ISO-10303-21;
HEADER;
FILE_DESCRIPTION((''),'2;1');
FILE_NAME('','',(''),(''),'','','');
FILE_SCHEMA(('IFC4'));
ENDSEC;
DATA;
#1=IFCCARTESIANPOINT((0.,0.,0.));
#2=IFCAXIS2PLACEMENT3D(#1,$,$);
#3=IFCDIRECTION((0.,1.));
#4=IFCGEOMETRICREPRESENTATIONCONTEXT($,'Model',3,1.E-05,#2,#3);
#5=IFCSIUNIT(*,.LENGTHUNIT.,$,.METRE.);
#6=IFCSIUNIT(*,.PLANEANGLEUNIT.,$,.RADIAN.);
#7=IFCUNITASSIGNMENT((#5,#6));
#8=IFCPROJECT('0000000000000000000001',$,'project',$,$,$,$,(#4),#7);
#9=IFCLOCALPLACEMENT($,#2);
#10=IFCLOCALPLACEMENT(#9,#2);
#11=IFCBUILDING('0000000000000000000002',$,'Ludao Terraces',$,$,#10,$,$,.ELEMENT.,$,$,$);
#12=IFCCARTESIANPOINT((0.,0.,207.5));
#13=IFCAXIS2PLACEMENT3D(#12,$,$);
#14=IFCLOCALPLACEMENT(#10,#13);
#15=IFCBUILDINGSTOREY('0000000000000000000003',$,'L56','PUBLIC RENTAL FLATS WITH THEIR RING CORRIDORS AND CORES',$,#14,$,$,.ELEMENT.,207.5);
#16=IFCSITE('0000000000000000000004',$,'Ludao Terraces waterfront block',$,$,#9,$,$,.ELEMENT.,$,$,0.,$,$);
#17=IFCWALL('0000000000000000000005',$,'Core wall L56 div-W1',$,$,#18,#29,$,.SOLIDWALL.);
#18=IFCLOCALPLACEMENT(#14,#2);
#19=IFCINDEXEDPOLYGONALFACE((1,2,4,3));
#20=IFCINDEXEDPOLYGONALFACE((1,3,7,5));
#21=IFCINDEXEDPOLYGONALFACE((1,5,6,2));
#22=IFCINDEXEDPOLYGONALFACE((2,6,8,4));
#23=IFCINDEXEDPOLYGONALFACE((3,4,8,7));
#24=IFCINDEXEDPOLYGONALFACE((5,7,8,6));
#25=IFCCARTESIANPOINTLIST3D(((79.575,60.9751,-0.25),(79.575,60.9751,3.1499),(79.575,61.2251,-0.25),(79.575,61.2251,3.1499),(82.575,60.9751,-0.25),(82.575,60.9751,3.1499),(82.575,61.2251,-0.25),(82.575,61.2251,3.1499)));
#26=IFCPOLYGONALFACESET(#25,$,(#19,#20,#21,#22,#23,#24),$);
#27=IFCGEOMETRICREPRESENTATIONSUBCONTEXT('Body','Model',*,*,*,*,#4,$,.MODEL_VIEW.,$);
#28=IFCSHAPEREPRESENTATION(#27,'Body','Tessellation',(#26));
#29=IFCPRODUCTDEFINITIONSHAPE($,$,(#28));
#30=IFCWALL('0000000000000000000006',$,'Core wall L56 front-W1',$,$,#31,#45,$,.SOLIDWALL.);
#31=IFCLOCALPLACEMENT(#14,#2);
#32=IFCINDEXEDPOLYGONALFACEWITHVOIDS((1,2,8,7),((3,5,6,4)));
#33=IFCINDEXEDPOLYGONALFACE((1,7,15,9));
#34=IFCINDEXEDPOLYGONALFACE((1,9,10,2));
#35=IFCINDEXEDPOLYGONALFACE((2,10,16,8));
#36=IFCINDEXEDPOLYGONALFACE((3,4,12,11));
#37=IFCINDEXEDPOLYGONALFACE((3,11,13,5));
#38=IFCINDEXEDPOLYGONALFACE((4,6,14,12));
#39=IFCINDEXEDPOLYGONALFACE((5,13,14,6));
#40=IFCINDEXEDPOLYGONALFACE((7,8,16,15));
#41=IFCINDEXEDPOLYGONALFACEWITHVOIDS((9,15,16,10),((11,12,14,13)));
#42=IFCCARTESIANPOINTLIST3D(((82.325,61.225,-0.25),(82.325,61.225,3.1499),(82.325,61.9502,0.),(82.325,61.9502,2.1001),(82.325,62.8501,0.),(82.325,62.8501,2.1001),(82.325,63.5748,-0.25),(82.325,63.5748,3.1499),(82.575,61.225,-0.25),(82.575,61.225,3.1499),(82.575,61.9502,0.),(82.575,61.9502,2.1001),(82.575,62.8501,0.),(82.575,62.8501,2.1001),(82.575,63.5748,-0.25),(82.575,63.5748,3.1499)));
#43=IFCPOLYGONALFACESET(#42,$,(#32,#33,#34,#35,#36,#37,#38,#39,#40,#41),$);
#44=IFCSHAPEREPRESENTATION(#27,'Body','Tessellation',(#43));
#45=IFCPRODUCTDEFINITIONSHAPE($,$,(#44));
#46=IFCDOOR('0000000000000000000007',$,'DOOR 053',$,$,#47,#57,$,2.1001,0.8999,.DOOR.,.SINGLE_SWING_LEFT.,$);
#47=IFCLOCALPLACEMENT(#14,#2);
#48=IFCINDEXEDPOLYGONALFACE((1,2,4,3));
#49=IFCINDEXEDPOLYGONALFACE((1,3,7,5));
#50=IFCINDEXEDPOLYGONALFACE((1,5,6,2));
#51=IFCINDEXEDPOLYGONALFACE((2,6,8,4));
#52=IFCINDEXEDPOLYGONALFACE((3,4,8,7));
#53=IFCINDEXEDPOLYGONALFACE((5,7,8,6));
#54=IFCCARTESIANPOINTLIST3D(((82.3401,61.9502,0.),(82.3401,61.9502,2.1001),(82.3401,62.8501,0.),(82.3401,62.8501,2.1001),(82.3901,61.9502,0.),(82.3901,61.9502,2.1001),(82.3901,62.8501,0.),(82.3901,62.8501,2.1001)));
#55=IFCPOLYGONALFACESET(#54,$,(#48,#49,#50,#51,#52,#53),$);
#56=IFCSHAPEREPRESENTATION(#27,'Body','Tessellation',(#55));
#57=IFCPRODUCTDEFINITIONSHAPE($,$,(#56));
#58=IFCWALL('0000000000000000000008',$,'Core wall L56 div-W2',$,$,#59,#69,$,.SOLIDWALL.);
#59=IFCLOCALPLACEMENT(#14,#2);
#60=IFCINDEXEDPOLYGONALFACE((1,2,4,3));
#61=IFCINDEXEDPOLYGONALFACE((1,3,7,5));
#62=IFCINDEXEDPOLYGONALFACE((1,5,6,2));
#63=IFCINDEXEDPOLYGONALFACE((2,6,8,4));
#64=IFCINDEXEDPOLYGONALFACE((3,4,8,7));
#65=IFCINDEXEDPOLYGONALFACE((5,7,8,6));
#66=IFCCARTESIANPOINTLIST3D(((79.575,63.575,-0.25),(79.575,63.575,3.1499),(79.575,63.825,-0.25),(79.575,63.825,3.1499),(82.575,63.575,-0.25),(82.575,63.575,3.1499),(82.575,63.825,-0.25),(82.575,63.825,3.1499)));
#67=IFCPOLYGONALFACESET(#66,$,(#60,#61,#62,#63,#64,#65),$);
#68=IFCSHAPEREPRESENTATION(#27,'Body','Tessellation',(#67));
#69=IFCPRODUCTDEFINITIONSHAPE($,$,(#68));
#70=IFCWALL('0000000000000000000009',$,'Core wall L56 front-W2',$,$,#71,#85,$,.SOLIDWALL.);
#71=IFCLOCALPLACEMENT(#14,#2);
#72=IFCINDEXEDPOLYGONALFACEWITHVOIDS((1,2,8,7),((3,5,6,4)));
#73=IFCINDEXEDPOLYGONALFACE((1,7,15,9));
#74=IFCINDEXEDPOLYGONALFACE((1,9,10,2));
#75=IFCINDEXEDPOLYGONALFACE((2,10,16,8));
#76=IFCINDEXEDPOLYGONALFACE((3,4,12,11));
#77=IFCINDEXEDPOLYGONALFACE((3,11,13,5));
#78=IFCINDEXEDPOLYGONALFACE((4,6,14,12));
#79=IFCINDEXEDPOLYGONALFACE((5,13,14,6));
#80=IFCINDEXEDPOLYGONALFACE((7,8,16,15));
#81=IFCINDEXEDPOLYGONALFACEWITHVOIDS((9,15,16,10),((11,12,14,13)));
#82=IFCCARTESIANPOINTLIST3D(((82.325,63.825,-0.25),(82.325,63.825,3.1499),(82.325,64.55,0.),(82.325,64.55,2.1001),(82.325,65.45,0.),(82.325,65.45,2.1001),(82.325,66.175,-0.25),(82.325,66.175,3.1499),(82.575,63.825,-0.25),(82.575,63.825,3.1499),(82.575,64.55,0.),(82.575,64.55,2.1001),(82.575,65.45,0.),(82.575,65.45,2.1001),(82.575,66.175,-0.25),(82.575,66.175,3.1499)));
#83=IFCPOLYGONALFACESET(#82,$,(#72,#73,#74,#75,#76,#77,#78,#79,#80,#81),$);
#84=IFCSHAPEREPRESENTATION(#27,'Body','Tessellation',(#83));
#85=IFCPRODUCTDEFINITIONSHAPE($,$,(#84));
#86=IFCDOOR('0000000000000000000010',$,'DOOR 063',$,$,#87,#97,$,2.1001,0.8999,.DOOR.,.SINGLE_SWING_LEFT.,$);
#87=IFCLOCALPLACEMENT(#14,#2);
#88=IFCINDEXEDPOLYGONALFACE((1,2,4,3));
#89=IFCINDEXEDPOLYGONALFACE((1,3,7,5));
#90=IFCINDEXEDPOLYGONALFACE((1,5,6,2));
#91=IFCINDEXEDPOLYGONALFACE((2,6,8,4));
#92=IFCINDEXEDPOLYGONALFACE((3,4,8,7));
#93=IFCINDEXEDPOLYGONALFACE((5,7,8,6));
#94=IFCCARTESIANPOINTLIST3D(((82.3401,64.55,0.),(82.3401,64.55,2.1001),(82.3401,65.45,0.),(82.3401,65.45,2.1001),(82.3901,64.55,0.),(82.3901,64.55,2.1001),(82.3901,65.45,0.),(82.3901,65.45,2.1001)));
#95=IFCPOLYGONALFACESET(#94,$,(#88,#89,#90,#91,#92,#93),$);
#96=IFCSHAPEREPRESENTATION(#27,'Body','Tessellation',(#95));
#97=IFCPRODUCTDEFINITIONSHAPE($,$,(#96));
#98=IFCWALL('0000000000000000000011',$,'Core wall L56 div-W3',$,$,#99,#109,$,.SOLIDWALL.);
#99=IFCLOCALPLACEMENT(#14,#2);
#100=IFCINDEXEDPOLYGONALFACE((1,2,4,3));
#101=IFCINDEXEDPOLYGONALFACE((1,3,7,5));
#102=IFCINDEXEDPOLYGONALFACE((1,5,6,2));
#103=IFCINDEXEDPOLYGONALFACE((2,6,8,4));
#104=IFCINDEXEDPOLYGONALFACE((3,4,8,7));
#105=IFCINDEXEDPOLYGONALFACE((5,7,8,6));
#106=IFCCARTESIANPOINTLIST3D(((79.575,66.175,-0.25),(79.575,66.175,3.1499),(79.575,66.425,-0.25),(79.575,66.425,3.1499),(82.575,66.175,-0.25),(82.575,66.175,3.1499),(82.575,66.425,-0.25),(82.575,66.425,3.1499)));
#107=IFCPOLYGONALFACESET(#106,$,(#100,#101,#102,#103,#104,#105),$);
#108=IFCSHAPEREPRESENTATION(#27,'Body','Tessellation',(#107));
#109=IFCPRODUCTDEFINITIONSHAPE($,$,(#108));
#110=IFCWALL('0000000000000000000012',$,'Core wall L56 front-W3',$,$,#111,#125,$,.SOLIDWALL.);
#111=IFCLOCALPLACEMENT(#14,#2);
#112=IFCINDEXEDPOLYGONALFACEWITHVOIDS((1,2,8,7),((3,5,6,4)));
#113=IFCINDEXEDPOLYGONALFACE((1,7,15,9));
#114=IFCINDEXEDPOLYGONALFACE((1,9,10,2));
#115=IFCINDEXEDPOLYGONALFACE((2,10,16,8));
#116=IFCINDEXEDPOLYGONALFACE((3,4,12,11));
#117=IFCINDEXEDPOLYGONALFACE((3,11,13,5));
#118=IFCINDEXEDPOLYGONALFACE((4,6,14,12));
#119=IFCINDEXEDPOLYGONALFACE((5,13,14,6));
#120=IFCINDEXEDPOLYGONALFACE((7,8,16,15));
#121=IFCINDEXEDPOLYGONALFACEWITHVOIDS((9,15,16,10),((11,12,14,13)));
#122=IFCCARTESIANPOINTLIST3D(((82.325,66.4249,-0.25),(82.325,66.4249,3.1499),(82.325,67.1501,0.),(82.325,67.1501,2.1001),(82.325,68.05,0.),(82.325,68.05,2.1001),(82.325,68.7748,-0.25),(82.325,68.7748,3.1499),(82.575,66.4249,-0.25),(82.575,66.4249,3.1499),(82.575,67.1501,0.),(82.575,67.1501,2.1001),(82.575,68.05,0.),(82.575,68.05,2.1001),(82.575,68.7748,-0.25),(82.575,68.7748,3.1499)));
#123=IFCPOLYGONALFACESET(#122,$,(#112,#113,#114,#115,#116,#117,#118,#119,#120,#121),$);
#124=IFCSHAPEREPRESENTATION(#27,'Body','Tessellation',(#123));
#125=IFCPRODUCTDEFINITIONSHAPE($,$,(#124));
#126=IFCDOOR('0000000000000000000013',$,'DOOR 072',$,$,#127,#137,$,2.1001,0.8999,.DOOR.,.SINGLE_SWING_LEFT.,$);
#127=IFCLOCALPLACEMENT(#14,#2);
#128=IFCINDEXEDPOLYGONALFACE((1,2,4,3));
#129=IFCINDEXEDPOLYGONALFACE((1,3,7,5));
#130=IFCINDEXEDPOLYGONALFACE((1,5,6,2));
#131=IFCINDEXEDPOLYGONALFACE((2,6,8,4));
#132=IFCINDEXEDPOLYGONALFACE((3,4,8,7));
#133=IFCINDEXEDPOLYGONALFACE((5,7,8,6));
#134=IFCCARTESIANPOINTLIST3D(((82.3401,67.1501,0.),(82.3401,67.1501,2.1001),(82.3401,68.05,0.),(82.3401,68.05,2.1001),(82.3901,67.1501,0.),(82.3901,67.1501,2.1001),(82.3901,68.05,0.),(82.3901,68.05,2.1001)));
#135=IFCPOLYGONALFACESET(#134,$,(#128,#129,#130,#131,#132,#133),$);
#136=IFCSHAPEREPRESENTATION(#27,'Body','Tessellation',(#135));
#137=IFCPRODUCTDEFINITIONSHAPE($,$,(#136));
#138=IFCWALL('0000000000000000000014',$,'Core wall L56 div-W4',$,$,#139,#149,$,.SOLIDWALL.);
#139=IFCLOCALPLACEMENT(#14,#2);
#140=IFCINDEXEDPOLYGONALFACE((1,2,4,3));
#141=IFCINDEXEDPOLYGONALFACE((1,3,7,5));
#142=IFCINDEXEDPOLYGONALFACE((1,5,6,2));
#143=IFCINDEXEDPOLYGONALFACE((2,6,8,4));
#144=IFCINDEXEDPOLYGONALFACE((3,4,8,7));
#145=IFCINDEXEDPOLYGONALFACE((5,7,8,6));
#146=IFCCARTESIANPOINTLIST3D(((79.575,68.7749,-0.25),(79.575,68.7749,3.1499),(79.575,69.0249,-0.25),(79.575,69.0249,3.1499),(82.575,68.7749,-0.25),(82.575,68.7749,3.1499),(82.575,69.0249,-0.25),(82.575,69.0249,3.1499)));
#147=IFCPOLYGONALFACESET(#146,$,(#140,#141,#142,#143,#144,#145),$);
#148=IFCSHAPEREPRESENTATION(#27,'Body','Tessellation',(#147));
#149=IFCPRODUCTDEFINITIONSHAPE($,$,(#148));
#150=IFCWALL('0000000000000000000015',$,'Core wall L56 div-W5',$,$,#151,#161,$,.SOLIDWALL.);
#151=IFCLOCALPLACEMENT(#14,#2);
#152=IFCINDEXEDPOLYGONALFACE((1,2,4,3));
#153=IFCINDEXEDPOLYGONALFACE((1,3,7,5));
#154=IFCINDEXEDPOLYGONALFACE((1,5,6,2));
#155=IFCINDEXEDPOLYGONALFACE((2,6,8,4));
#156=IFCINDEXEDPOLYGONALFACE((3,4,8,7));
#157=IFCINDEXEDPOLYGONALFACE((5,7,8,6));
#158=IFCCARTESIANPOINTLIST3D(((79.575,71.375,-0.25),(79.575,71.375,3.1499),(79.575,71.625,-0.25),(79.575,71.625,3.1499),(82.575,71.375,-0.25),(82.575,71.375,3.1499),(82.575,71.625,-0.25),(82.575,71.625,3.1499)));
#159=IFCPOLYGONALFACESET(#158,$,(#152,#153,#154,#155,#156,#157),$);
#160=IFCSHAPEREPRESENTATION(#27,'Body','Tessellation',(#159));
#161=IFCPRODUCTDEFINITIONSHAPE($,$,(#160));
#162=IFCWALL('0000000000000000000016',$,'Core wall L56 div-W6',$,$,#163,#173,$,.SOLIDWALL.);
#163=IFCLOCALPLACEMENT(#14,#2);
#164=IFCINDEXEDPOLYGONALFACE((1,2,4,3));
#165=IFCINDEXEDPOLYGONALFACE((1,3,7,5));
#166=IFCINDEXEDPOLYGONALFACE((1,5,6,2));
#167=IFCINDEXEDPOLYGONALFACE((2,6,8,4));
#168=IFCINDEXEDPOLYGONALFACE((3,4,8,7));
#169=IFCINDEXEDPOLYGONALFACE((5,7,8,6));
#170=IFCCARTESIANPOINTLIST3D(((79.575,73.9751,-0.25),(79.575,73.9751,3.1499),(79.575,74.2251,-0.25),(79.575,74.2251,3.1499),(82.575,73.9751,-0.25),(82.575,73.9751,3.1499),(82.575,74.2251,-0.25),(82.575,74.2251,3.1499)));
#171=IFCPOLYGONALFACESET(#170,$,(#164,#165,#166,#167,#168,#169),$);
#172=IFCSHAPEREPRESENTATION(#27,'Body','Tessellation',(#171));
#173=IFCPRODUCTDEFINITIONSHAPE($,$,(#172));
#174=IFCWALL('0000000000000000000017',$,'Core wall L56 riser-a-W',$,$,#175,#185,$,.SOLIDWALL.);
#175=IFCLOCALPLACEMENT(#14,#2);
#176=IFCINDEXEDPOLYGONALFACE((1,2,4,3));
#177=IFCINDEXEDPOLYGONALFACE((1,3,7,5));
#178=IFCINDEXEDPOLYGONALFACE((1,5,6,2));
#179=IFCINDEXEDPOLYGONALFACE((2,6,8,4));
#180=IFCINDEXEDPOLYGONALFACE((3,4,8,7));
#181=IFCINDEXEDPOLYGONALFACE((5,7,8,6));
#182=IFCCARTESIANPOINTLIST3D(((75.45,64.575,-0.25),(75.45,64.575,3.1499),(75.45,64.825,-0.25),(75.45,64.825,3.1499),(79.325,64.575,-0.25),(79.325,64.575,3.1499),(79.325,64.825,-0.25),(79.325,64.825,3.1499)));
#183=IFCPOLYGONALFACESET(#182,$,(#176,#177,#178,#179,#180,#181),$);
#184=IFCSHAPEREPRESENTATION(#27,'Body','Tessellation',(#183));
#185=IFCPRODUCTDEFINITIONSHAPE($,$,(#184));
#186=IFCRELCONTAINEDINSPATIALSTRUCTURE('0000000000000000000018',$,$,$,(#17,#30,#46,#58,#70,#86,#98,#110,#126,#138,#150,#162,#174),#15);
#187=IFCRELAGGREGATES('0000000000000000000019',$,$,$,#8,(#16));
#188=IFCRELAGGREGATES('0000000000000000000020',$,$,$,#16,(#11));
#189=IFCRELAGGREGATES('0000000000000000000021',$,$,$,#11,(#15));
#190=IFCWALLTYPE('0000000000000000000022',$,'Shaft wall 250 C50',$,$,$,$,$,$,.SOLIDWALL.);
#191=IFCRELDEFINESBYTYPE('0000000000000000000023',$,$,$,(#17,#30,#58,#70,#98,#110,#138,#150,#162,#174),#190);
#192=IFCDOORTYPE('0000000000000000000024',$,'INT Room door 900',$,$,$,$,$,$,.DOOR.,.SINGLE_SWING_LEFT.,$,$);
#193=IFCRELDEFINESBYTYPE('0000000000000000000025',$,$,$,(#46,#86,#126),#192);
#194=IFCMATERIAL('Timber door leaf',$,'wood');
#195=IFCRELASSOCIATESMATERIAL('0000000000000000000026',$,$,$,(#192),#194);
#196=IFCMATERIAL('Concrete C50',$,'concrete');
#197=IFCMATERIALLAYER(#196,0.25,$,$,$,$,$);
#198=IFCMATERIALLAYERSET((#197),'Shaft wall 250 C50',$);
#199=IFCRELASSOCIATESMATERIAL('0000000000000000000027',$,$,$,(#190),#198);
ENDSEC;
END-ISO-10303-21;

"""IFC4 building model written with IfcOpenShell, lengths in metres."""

from ifc_helpers import new_model, si_unit, direction, frame, frame_2d, origin, place, context, subcontext, project, spatial, rectangle, extrude, material, layer, layer_set, type_object, element, fill, save


model = new_model("IFC4")

# Units and contexts
model_context = context("Model", 3, precision=1e-05, world=origin(), true_north=direction((0.0, 1.0)))
body_context = subcontext(model_context, "Body", "Model", "MODEL_VIEW")
ifc_project = project(units=[si_unit("LENGTHUNIT", "METRE"), si_unit("PLANEANGLEUNIT", "RADIAN")], contexts=[model_context])

# Site, building, storey
site_placement = place(None, origin())
site = spatial("IfcSite", under=ifc_project, at=site_placement, Name="Ludao Terraces waterfront block", CompositionType="ELEMENT", RefElevation=0.0)
building_placement = place(site_placement, origin())
building = spatial("IfcBuilding", under=site, at=building_placement, Name="Ludao Terraces", CompositionType="ELEMENT")
storey_placement = place(building_placement, frame((0.0, 0.0, 207.5)))
storey = spatial("IfcBuildingStorey", under=building, at=storey_placement, Name="L56", Description="PUBLIC RENTAL FLATS WITH THEIR RING CORRIDORS AND CORES", CompositionType="ELEMENT", Elevation=207.5)

# Shared definitions
ifc_material_1 = material(Name="Timber door leaf", Category="wood")
door_type_1 = type_object("IfcDoorType", Name="INT Room door 900", OperationType="SINGLE_SWING_LEFT", PredefinedType="DOOR", material=ifc_material_1)

# Wall
ifc_material_2 = material(Name="Concrete C50", Category="concrete")
ifc_layer_1 = layer(ifc_material_2, 0.25)
ifc_layer_set_1 = layer_set([ifc_layer_1], Name="Shaft wall 250 C50")
wall_type_1 = type_object("IfcWallType", Name="Shaft wall 250 C50", PredefinedType="SOLIDWALL", material=ifc_layer_set_1)
wall_1_placement = place(storey_placement, frame((79.575, 61.1001, -0.25), z_axis=(0.0, 0.0, 1.0), x_axis=(1.0, 0.0, 0.0)))
element("IfcWall", 1, at=wall_1_placement, inside=storey, type_object=wall_type_1, Name="Core wall L56 div-W1", PredefinedType="SOLIDWALL", context=body_context, shape_type="SweptSolid", body=[
    extrude(rectangle(XDim=3.0, YDim=0.25, at=frame_2d((1.5, 0.0))), origin(), (0.0, 0.0, 1.0), 3.3999),
])

# Wall, opening, door
wall_2_placement = place(storey_placement, frame((82.45, 61.2251, -0.25), z_axis=(0.0, 0.0, 1.0), x_axis=(0.0, 1.0, 0.0)))
wall_2 = element("IfcWall", 2, at=wall_2_placement, inside=storey, type_object=wall_type_1, Name="Core wall L56 front-W1", PredefinedType="SOLIDWALL", context=body_context, shape_type="SweptSolid", body=[
    extrude(rectangle(XDim=2.3499, YDim=0.25, at=frame_2d((1.1748, 0.0))), origin(), (0.0, 0.0, 1.0), 3.3999),
])
opening_1_placement = place(wall_2_placement, frame((0.7251, 0.0, 0.25)))
opening_1 = element("IfcOpeningElement", 3, at=opening_1_placement, cuts=wall_2, PredefinedType="OPENING", context=body_context, shape_type="SweptSolid", body=[
    extrude(rectangle(XDim=0.8999, YDim=2.1001, at=frame_2d((0.45, 1.05))), frame((0.0, 0.135, 0.0), z_axis=(0.0, -1.0, 0.0), x_axis=(1.0, 0.0, 0.0)), (0.0, 0.0, 1.0), 0.27),
])
door_1_placement = place(opening_1_placement, origin())
door_1 = element("IfcDoor", 4, at=door_1_placement, inside=storey, type_object=door_type_1, Name="DOOR 053", OperationType="SINGLE_SWING_LEFT", OverallHeight=2.1001, OverallWidth=0.8999, PredefinedType="DOOR", context=body_context, shape_type="SweptSolid", body=[
    extrude(rectangle(XDim=0.8999, YDim=2.1001, at=frame_2d((0.45, 1.05))), frame((0.0, 0.1099, 0.0), z_axis=(0.0, -1.0, 0.0), x_axis=(1.0, 0.0, 0.0)), (0.0, 0.0, 1.0), 0.05),
])
fill(opening_1, door_1)

# Wall
wall_3_placement = place(storey_placement, frame((79.575, 63.7, -0.25), z_axis=(0.0, 0.0, 1.0), x_axis=(1.0, 0.0, 0.0)))
element("IfcWall", 5, at=wall_3_placement, inside=storey, type_object=wall_type_1, Name="Core wall L56 div-W2", PredefinedType="SOLIDWALL", context=body_context, shape_type="SweptSolid", body=[
    extrude(rectangle(XDim=3.0, YDim=0.25, at=frame_2d((1.5, 0.0))), origin(), (0.0, 0.0, 1.0), 3.3999),
])

# Wall, opening, door
wall_4_placement = place(storey_placement, frame((82.45, 63.825, -0.25), z_axis=(0.0, 0.0, 1.0), x_axis=(0.0, 1.0, 0.0)))
wall_4 = element("IfcWall", 6, at=wall_4_placement, inside=storey, type_object=wall_type_1, Name="Core wall L56 front-W2", PredefinedType="SOLIDWALL", context=body_context, shape_type="SweptSolid", body=[
    extrude(rectangle(XDim=2.3501, YDim=0.25, at=frame_2d((1.175, 0.0))), origin(), (0.0, 0.0, 1.0), 3.3999),
])
opening_2_placement = place(wall_4_placement, frame((0.7251, 0.0, 0.25)))
opening_2 = element("IfcOpeningElement", 7, at=opening_2_placement, cuts=wall_4, PredefinedType="OPENING", context=body_context, shape_type="SweptSolid", body=[
    extrude(rectangle(XDim=0.8999, YDim=2.1001, at=frame_2d((0.45, 1.05))), frame((0.0, 0.135, 0.0), z_axis=(0.0, -1.0, 0.0), x_axis=(1.0, 0.0, 0.0)), (0.0, 0.0, 1.0), 0.27),
])
door_2_placement = place(opening_2_placement, origin())
door_2 = element("IfcDoor", 8, at=door_2_placement, inside=storey, type_object=door_type_1, Name="DOOR 063", OperationType="SINGLE_SWING_LEFT", OverallHeight=2.1001, OverallWidth=0.8999, PredefinedType="DOOR", context=body_context, shape_type="SweptSolid", body=[
    extrude(rectangle(XDim=0.8999, YDim=2.1001, at=frame_2d((0.45, 1.05))), frame((0.0, 0.1099, 0.0), z_axis=(0.0, -1.0, 0.0), x_axis=(1.0, 0.0, 0.0)), (0.0, 0.0, 1.0), 0.05),
])
fill(opening_2, door_2)

# Wall
wall_5_placement = place(storey_placement, frame((79.575, 66.3, -0.25), z_axis=(0.0, 0.0, 1.0), x_axis=(1.0, 0.0, 0.0)))
element("IfcWall", 9, at=wall_5_placement, inside=storey, type_object=wall_type_1, Name="Core wall L56 div-W3", PredefinedType="SOLIDWALL", context=body_context, shape_type="SweptSolid", body=[
    extrude(rectangle(XDim=3.0, YDim=0.25, at=frame_2d((1.5, 0.0))), origin(), (0.0, 0.0, 1.0), 3.3999),
])

# Wall, opening, door
wall_6_placement = place(storey_placement, frame((82.45, 66.425, -0.25), z_axis=(0.0, 0.0, 1.0), x_axis=(0.0, 1.0, 0.0)))
wall_6 = element("IfcWall", 10, at=wall_6_placement, inside=storey, type_object=wall_type_1, Name="Core wall L56 front-W3", PredefinedType="SOLIDWALL", context=body_context, shape_type="SweptSolid", body=[
    extrude(rectangle(XDim=2.3499, YDim=0.25, at=frame_2d((1.1748, 0.0))), origin(), (0.0, 0.0, 1.0), 3.3999),
])
opening_3_placement = place(wall_6_placement, frame((0.7251, 0.0, 0.25)))
opening_3 = element("IfcOpeningElement", 11, at=opening_3_placement, cuts=wall_6, PredefinedType="OPENING", context=body_context, shape_type="SweptSolid", body=[
    extrude(rectangle(XDim=0.8999, YDim=2.1001, at=frame_2d((0.45, 1.05))), frame((0.0, 0.135, 0.0), z_axis=(0.0, -1.0, 0.0), x_axis=(1.0, 0.0, 0.0)), (0.0, 0.0, 1.0), 0.27),
])
door_3_placement = place(opening_3_placement, origin())
door_3 = element("IfcDoor", 12, at=door_3_placement, inside=storey, type_object=door_type_1, Name="DOOR 072", OperationType="SINGLE_SWING_LEFT", OverallHeight=2.1001, OverallWidth=0.8999, PredefinedType="DOOR", context=body_context, shape_type="SweptSolid", body=[
    extrude(rectangle(XDim=0.8999, YDim=2.1001, at=frame_2d((0.45, 1.05))), frame((0.0, 0.1099, 0.0), z_axis=(0.0, -1.0, 0.0), x_axis=(1.0, 0.0, 0.0)), (0.0, 0.0, 1.0), 0.05),
])
fill(opening_3, door_3)

# Walls
for number, where, z_axis, x_axis, name in (
    (13, (79.575, 68.8999, -0.25), (0.0, 0.0, 1.0), (1.0, 0.0, 0.0), "Core wall L56 div-W4"),
    (14, (79.575, 71.5, -0.25), (0.0, 0.0, 1.0), (1.0, 0.0, 0.0), "Core wall L56 div-W5"),
    (15, (79.575, 74.1001, -0.25), (0.0, 0.0, 1.0), (1.0, 0.0, 0.0), "Core wall L56 div-W6"),
):
    element("IfcWall", number, at=place(storey_placement, frame(where, z_axis=z_axis, x_axis=x_axis)), inside=storey, type_object=wall_type_1, Name=name, PredefinedType="SOLIDWALL", context=body_context, shape_type="SweptSolid", body=[
        extrude(rectangle(XDim=3.0, YDim=0.25, at=frame_2d((1.5, 0.0))), origin(), (0.0, 0.0, 1.0), 3.3999),
    ])
for number, where, z_axis, x_axis, name in (
    (16, (75.45, 64.7, -0.25), (0.0, 0.0, 1.0), (1.0, 0.0, 0.0), "Core wall L56 riser-a-W"),
):
    element("IfcWall", number, at=place(storey_placement, frame(where, z_axis=z_axis, x_axis=x_axis)), inside=storey, type_object=wall_type_1, Name=name, PredefinedType="SOLIDWALL", context=body_context, shape_type="SweptSolid", body=[
        extrude(rectangle(XDim=3.875, YDim=0.25, at=frame_2d((1.9375, 0.0))), origin(), (0.0, 0.0, 1.0), 3.3999),
    ])

save(model, "model.ifc")
